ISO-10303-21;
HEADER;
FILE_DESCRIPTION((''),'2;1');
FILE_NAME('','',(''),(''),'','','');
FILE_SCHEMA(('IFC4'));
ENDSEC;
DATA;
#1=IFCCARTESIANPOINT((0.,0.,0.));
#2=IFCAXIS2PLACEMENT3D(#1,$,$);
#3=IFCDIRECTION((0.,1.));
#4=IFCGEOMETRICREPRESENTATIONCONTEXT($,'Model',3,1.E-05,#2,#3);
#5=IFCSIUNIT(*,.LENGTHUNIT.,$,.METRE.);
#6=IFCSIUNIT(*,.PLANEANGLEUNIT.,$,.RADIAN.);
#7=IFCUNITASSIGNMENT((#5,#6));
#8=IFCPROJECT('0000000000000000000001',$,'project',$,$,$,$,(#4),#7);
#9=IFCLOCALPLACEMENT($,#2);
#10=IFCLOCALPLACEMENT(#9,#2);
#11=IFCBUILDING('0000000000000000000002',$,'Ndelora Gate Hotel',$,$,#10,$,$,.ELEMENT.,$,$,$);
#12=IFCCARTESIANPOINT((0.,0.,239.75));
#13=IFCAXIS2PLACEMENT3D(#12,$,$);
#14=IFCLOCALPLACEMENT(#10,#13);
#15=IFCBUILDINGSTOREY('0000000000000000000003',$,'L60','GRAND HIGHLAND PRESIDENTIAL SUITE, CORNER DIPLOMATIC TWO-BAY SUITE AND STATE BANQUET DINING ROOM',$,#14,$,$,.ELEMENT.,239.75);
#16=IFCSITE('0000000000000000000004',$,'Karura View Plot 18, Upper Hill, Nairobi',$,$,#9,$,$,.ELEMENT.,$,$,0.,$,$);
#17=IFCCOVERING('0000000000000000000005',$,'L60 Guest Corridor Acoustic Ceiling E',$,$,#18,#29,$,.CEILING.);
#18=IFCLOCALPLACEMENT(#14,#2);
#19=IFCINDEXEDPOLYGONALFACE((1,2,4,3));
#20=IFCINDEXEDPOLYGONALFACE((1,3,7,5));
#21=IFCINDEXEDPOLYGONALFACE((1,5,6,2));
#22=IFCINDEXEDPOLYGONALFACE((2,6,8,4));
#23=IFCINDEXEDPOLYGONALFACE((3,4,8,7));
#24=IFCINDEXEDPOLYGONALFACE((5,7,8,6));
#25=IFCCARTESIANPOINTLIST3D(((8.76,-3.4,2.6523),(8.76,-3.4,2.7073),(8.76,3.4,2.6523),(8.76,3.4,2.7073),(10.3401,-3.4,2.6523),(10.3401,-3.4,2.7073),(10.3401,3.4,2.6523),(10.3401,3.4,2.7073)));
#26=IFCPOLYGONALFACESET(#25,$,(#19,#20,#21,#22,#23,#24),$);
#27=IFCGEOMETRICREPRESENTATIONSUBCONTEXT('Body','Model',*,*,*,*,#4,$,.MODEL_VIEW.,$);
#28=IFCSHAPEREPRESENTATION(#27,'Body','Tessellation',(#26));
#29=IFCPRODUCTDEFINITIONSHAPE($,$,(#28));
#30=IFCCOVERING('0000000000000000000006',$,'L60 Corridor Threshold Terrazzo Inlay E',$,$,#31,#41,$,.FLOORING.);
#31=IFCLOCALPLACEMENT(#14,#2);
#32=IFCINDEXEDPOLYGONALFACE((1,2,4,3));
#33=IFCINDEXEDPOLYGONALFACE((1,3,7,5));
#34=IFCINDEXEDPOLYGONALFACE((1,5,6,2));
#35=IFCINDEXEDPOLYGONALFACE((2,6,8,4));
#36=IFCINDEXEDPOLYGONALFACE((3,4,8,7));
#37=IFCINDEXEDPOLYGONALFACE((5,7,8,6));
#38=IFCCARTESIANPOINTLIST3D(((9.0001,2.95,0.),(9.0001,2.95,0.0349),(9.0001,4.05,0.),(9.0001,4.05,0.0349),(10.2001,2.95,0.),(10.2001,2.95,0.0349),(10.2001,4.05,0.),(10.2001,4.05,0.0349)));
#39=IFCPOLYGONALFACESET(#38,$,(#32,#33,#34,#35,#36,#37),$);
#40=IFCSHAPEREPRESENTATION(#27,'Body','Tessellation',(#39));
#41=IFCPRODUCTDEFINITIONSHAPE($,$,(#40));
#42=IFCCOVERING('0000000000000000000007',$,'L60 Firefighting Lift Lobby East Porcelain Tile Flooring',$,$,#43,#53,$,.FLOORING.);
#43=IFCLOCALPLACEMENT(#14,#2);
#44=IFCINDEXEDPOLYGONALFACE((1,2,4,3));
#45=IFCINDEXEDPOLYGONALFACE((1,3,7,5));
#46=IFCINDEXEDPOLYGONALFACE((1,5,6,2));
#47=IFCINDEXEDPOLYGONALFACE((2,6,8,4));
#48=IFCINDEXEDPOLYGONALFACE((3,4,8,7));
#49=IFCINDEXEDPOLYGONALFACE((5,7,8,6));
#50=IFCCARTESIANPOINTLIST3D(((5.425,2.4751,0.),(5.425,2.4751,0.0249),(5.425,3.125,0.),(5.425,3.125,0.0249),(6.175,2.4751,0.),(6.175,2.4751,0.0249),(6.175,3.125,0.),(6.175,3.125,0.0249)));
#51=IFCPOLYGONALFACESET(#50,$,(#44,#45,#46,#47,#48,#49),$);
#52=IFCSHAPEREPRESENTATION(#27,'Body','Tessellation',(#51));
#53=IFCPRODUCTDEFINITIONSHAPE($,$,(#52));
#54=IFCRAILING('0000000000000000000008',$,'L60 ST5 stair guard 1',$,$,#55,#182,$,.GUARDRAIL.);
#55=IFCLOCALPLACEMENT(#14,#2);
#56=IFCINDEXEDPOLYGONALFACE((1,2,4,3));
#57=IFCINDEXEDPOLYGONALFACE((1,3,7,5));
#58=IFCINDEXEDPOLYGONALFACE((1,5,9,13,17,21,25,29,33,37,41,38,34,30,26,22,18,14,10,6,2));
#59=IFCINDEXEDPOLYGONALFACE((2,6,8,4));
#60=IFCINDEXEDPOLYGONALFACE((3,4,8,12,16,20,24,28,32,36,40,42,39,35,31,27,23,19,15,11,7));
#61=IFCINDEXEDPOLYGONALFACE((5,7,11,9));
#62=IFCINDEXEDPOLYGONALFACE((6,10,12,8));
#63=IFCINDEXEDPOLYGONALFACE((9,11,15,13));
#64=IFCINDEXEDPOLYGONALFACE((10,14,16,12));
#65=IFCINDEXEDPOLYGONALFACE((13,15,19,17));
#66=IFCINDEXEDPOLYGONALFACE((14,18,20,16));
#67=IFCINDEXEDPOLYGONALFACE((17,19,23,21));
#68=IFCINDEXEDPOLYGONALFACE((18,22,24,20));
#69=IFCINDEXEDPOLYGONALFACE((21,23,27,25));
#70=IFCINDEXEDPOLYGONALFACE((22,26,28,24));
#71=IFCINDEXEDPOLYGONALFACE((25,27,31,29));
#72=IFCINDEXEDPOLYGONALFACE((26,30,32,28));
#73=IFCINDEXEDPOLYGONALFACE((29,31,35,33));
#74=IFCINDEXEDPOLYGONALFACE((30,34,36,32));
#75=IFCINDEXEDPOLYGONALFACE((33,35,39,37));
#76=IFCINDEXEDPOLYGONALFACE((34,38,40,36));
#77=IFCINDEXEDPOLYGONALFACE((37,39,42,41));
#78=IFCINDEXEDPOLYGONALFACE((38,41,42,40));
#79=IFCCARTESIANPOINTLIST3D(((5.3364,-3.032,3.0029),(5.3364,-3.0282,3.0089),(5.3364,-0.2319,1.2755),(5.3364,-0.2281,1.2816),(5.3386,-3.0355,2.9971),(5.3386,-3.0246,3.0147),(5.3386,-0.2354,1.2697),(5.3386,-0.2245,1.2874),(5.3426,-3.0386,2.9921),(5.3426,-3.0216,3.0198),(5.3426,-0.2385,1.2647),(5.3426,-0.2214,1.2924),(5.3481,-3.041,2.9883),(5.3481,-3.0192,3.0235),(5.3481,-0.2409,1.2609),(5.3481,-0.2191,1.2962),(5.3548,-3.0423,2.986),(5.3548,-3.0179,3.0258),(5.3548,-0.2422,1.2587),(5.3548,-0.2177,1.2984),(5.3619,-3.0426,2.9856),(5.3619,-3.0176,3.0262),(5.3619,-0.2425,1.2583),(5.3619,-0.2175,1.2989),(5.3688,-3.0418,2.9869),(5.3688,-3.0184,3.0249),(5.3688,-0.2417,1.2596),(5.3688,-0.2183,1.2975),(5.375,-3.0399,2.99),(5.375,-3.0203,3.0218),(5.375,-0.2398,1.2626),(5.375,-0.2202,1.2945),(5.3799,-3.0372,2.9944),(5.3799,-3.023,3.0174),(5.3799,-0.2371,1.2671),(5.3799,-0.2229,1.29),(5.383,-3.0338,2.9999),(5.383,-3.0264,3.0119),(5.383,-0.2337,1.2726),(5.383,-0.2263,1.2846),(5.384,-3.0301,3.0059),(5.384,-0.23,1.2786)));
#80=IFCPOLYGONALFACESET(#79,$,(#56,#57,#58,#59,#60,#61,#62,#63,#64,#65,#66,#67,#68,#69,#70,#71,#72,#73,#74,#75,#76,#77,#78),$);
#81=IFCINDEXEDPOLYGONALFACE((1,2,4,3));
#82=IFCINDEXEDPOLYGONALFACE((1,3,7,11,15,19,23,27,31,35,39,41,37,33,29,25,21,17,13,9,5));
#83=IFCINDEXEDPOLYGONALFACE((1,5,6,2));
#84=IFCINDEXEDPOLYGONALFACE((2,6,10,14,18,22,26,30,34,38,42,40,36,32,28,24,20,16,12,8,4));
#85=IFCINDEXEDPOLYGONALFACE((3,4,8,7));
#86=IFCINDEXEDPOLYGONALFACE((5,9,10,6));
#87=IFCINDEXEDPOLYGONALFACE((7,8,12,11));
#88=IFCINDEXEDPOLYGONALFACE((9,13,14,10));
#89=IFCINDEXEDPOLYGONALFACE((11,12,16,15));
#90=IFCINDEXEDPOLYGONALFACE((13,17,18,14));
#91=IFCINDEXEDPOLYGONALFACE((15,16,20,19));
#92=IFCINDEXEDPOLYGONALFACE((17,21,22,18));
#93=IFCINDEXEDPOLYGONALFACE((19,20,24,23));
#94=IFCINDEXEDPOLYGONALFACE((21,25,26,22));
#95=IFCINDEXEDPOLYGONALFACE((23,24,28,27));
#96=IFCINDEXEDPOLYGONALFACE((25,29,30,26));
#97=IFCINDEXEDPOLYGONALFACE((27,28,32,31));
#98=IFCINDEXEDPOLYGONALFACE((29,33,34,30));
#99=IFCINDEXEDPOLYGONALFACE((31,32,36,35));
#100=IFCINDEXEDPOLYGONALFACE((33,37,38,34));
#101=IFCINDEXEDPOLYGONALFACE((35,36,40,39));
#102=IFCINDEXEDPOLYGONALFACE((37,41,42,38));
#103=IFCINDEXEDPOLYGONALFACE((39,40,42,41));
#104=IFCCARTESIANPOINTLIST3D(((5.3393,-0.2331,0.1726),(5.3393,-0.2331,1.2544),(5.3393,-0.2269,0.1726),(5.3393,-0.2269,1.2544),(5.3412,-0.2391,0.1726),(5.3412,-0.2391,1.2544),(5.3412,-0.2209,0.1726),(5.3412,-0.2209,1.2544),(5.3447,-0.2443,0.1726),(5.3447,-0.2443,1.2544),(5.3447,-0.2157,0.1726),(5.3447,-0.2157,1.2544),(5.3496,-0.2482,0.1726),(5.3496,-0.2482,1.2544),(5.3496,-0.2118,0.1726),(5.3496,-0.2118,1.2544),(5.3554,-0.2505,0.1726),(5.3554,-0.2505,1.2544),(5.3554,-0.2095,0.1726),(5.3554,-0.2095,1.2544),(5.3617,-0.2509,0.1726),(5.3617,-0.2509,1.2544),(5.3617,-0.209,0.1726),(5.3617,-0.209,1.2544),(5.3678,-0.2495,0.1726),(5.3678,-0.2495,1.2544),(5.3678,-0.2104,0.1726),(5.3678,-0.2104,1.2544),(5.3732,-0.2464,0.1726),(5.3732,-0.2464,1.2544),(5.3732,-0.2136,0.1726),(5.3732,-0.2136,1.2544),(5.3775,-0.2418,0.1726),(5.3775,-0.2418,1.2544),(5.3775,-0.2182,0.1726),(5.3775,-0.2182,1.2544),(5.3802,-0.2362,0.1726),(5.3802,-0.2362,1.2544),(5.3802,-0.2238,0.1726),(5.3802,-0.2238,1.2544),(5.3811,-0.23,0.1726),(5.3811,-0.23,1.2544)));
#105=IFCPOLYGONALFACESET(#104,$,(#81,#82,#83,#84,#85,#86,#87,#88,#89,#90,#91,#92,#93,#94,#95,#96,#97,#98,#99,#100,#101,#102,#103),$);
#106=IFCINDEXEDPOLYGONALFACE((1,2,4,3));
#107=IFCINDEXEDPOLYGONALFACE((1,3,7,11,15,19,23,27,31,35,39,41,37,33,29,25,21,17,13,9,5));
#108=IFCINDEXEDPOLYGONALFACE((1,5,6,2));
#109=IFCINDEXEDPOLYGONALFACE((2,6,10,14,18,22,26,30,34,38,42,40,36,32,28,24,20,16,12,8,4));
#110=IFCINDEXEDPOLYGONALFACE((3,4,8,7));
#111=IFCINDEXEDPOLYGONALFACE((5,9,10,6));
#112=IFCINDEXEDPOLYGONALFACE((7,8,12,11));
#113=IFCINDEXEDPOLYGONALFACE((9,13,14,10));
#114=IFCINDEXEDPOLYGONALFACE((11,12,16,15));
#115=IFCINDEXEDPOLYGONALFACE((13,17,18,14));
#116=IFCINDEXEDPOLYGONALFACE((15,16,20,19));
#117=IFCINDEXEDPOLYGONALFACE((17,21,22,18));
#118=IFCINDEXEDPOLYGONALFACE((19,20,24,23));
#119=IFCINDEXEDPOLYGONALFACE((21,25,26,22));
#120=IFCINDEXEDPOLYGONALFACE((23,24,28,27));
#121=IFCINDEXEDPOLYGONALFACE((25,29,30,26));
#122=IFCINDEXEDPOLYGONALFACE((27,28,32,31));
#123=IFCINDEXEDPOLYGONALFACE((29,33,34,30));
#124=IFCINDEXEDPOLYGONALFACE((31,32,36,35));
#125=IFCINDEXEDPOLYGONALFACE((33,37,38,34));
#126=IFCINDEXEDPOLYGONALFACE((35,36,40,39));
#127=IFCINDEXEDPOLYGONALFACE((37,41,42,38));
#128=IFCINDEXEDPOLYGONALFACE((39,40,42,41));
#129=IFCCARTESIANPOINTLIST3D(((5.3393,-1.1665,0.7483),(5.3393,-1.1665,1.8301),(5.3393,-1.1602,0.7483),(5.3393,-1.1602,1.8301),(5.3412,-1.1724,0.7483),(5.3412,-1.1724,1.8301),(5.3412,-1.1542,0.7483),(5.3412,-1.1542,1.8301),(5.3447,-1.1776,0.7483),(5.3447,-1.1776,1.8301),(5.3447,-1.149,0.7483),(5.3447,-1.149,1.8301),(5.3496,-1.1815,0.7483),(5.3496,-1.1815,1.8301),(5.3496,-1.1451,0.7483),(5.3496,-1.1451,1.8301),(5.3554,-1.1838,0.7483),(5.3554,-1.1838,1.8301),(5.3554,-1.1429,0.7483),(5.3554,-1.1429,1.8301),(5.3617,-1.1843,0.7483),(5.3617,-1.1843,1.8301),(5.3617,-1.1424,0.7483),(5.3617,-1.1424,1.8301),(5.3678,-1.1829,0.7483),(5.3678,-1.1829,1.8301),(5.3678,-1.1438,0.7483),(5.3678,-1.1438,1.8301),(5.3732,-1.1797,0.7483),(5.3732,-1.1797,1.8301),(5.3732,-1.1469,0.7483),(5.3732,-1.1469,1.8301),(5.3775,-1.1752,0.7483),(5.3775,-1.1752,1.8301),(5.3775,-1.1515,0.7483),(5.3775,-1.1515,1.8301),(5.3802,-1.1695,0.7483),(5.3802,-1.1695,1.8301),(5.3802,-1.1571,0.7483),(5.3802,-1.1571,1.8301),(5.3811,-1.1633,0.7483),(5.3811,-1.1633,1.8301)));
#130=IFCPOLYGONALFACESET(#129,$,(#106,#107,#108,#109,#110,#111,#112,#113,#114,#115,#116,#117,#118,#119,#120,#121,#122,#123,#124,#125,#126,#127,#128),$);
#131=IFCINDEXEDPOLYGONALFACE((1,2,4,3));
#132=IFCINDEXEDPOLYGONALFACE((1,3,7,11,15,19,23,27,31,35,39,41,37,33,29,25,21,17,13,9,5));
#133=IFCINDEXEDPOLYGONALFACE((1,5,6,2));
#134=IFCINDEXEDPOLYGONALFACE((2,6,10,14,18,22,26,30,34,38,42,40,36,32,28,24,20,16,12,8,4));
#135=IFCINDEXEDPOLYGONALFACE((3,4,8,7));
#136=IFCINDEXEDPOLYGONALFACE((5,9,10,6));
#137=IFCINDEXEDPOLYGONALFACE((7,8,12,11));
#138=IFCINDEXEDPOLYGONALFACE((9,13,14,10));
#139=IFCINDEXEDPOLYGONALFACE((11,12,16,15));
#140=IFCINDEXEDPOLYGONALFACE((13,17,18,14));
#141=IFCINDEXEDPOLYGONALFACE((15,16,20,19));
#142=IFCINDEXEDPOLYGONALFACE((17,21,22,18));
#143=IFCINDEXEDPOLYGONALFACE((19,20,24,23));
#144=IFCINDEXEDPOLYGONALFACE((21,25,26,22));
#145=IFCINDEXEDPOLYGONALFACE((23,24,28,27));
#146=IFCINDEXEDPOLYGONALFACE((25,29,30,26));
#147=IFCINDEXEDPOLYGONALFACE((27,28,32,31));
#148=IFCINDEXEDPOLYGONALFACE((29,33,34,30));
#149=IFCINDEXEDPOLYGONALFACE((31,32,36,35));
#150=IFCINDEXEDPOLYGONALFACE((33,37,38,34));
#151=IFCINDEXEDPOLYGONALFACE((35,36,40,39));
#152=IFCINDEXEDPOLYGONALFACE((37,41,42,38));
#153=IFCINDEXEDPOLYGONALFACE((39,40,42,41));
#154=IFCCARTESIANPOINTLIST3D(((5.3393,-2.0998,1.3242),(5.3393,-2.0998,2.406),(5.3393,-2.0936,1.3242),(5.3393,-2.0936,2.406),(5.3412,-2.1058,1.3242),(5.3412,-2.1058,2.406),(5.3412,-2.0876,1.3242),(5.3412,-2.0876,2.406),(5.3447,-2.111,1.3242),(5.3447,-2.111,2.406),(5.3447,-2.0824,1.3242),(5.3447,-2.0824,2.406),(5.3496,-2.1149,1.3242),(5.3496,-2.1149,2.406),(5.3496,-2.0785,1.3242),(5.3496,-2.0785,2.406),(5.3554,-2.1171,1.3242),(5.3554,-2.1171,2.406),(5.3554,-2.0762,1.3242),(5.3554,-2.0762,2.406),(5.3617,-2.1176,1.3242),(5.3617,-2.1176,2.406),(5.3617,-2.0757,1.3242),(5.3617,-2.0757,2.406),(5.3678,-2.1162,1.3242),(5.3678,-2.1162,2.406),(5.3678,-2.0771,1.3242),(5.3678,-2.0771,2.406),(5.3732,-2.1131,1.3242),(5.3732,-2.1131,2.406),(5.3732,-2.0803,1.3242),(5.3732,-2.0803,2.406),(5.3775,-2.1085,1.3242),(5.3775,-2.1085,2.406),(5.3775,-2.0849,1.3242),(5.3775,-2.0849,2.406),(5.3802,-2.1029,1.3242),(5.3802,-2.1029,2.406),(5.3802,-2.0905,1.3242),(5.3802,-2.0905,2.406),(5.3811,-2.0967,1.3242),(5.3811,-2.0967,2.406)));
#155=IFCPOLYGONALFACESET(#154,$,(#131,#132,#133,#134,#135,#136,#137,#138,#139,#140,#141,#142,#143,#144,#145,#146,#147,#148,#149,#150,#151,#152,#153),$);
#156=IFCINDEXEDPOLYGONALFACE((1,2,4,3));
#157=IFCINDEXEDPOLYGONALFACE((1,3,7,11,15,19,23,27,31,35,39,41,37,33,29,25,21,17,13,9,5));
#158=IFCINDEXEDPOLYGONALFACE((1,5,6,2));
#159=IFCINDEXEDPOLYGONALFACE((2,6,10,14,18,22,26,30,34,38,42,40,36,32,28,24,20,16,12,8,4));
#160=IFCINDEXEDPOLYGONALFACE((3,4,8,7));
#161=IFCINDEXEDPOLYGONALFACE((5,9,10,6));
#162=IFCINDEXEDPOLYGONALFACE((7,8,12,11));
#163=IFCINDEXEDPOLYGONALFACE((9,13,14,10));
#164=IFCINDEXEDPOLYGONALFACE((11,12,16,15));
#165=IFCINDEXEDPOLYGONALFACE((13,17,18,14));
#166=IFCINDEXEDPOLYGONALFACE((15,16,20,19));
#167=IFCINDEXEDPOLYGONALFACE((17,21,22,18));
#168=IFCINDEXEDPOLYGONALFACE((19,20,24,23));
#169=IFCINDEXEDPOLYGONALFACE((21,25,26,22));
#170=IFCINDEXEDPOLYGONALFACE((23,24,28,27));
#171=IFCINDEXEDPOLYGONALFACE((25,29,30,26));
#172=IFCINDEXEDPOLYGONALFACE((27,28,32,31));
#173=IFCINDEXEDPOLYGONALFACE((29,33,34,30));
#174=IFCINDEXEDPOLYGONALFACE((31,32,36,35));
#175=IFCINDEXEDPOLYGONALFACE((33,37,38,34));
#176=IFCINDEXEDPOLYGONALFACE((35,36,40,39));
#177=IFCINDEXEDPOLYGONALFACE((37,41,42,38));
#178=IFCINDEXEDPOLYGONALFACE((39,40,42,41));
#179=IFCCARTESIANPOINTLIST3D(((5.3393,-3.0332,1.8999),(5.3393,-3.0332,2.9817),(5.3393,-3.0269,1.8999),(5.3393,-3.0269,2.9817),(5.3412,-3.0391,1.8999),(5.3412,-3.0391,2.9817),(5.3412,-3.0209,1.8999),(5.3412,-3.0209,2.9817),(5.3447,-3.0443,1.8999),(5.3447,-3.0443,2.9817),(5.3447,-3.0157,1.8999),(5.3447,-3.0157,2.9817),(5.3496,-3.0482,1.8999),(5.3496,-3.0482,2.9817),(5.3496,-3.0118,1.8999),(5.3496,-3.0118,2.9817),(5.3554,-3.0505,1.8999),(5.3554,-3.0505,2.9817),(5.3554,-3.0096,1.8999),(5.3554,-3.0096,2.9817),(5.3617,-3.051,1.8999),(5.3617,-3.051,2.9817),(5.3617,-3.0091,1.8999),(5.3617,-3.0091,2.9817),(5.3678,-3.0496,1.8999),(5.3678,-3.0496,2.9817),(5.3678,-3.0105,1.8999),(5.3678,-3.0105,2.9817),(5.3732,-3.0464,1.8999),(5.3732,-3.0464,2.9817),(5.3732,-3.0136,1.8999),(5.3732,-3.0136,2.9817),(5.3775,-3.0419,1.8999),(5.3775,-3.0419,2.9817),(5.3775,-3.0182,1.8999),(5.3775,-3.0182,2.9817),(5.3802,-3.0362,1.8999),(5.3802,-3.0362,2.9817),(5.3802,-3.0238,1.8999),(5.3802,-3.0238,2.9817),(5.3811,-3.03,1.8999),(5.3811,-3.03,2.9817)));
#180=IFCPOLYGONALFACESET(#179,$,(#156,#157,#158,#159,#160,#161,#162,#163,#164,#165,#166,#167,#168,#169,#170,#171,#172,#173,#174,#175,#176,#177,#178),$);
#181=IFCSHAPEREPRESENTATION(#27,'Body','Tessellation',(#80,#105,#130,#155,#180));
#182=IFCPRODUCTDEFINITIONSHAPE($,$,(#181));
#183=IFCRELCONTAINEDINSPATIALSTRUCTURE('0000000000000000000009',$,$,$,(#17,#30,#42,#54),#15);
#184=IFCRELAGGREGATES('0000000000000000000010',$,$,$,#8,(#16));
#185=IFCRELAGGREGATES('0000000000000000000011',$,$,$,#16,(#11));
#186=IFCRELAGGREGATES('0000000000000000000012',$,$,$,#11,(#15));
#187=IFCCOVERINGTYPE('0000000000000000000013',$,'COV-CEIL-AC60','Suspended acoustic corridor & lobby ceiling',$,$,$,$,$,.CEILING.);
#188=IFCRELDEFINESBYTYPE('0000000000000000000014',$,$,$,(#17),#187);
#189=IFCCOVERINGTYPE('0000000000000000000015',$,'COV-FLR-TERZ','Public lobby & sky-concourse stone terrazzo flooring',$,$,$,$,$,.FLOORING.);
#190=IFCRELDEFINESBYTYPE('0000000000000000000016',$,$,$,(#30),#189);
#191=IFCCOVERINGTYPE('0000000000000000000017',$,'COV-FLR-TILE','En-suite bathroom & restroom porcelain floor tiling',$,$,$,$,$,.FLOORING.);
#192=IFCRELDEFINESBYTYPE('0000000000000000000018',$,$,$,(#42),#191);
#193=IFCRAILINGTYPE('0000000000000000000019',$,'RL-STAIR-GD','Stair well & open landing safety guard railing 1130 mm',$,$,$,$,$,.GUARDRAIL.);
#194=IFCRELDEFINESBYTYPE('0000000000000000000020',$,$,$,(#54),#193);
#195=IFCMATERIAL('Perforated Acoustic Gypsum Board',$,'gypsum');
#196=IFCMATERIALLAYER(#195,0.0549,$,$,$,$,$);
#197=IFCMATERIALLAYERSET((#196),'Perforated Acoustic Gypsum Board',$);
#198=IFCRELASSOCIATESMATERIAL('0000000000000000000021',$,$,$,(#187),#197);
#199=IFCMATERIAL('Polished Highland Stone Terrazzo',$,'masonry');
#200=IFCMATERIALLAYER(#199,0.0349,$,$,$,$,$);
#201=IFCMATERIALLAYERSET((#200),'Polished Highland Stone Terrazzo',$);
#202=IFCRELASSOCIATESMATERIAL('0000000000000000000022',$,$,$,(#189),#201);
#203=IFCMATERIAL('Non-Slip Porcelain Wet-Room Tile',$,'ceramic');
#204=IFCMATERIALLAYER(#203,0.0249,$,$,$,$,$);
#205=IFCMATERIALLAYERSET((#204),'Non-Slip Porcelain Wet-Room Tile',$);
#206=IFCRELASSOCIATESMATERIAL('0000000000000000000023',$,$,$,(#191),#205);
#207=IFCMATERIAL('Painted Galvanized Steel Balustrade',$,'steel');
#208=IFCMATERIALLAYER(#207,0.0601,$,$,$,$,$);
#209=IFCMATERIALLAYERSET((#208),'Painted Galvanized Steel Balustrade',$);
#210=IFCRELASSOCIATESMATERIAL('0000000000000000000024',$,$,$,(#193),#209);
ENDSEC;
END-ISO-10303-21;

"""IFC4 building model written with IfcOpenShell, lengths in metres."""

from ifc_helpers import new_model, si_unit, direction, frame, origin, origin_2d, place, context, subcontext, project, spatial, rectangle, circle, extrude, material, layer, layer_set, type_object, element, save


model = new_model("IFC4")

# Units and contexts
model_context = context("Model", 3, precision=1e-05, world=origin(), true_north=direction((0.0, 1.0)))
body_context = subcontext(model_context, "Body", "Model", "MODEL_VIEW")
ifc_project = project(units=[si_unit("LENGTHUNIT", "METRE"), si_unit("PLANEANGLEUNIT", "RADIAN")], contexts=[model_context])

# Site, building, storey
site_placement = place(None, origin())
site = spatial("IfcSite", under=ifc_project, at=site_placement, Name="Karura View Plot 18, Upper Hill, Nairobi", CompositionType="ELEMENT", RefElevation=0.0)
building_placement = place(site_placement, origin())
building = spatial("IfcBuilding", under=site, at=building_placement, Name="Ndelora Gate Hotel", CompositionType="ELEMENT")
storey_placement = place(building_placement, frame((0.0, 0.0, 239.75)))
storey = spatial("IfcBuildingStorey", under=building, at=storey_placement, Name="L60", Description="GRAND HIGHLAND PRESIDENTIAL SUITE, CORNER DIPLOMATIC TWO-BAY SUITE AND STATE BANQUET DINING ROOM", CompositionType="ELEMENT", Elevation=239.75)

# Coverings
ifc_material_1 = material(Name="Perforated Acoustic Gypsum Board", Category="gypsum")
ifc_layer_1 = layer(ifc_material_1, 0.0549)
ifc_layer_set_1 = layer_set([ifc_layer_1], Name="Perforated Acoustic Gypsum Board")
covering_type_1 = type_object("IfcCoveringType", Name="COV-CEIL-AC60", Description="Suspended acoustic corridor & lobby ceiling", PredefinedType="CEILING", material=ifc_layer_set_1)
covering_1_placement = place(storey_placement, frame((9.55, 0.0, 2.6523), z_axis=(0.0, 0.0, 1.0), x_axis=(1.0, 0.0, 0.0)))
element("IfcCovering", 1, at=covering_1_placement, inside=storey, type_object=covering_type_1, Name="L60 Guest Corridor Acoustic Ceiling E", PredefinedType="CEILING", context=body_context, shape_type="SweptSolid", body=[
    extrude(rectangle(XDim=1.5801, YDim=6.8, at=origin_2d()), origin(), (0.0, 0.0, 1.0), 0.0549),
])
ifc_material_2 = material(Name="Polished Highland Stone Terrazzo", Category="masonry")
ifc_layer_2 = layer(ifc_material_2, 0.0349)
ifc_layer_set_2 = layer_set([ifc_layer_2], Name="Polished Highland Stone Terrazzo")
covering_type_2 = type_object("IfcCoveringType", Name="COV-FLR-TERZ", Description="Public lobby & sky-concourse stone terrazzo flooring", PredefinedType="FLOORING", material=ifc_layer_set_2)
covering_2_placement = place(storey_placement, frame((9.6001, 3.5, 0.0), z_axis=(0.0, 0.0, 1.0), x_axis=(1.0, 0.0, 0.0)))
element("IfcCovering", 2, at=covering_2_placement, inside=storey, type_object=covering_type_2, Name="L60 Corridor Threshold Terrazzo Inlay E", PredefinedType="FLOORING", context=body_context, shape_type="SweptSolid", body=[
    extrude(rectangle(XDim=1.2, YDim=1.1001, at=origin_2d()), origin(), (0.0, 0.0, 1.0), 0.0349),
])
ifc_material_3 = material(Name="Non-Slip Porcelain Wet-Room Tile", Category="ceramic")
ifc_layer_3 = layer(ifc_material_3, 0.0249)
ifc_layer_set_3 = layer_set([ifc_layer_3], Name="Non-Slip Porcelain Wet-Room Tile")
covering_type_3 = type_object("IfcCoveringType", Name="COV-FLR-TILE", Description="En-suite bathroom & restroom porcelain floor tiling", PredefinedType="FLOORING", material=ifc_layer_set_3)
covering_3_placement = place(storey_placement, frame((5.8, 2.8, 0.0), z_axis=(0.0, 0.0, 1.0), x_axis=(1.0, 0.0, 0.0)))
element("IfcCovering", 3, at=covering_3_placement, inside=storey, type_object=covering_type_3, Name="L60 Firefighting Lift Lobby East Porcelain Tile Flooring", PredefinedType="FLOORING", context=body_context, shape_type="SweptSolid", body=[
    extrude(rectangle(XDim=0.75, YDim=0.6499, at=origin_2d()), origin(), (0.0, 0.0, 1.0), 0.0249),
])

# Railing
ifc_material_4 = material(Name="Painted Galvanized Steel Balustrade", Category="steel")
ifc_layer_4 = layer(ifc_material_4, 0.0601)
ifc_layer_set_4 = layer_set([ifc_layer_4], Name="Painted Galvanized Steel Balustrade")
railing_type_1 = type_object("IfcRailingType", Name="RL-STAIR-GD", Description="Stair well & open landing safety guard railing 1130 mm", PredefinedType="GUARDRAIL", material=ifc_layer_set_4)
railing_1_placement = place(storey_placement, frame((5.3601, -0.23, 0.1726)))
element("IfcRailing", 4, at=railing_1_placement, inside=storey, type_object=railing_type_1, Name="L60 ST5 stair guard 1", PredefinedType="GUARDRAIL", context=body_context, shape_type="SweptSolid", body=[
    extrude(circle(Radius=0.0239, at=origin_2d()), frame((0.0, 0.0, 1.106), z_axis=(0.0, -0.85109, 0.52502), x_axis=(1.0, 0.0, 0.0)), (0.0, 0.0, 1.0), 3.29),
    extrude(circle(Radius=0.021, at=origin_2d()), origin(), (0.0, 0.0, 1.0), 1.0818),
    extrude(circle(Radius=0.021, at=origin_2d()), frame((0.0, -0.9333, 0.5757)), (0.0, 0.0, 1.0), 1.0818),
    extrude(circle(Radius=0.021, at=origin_2d()), frame((0.0, -1.8667, 1.1516)), (0.0, 0.0, 1.0), 1.0818),
    extrude(circle(Radius=0.021, at=origin_2d()), frame((0.0, -2.8, 1.7273)), (0.0, 0.0, 1.0), 1.0818),
])

save(model, "model.ifc")
